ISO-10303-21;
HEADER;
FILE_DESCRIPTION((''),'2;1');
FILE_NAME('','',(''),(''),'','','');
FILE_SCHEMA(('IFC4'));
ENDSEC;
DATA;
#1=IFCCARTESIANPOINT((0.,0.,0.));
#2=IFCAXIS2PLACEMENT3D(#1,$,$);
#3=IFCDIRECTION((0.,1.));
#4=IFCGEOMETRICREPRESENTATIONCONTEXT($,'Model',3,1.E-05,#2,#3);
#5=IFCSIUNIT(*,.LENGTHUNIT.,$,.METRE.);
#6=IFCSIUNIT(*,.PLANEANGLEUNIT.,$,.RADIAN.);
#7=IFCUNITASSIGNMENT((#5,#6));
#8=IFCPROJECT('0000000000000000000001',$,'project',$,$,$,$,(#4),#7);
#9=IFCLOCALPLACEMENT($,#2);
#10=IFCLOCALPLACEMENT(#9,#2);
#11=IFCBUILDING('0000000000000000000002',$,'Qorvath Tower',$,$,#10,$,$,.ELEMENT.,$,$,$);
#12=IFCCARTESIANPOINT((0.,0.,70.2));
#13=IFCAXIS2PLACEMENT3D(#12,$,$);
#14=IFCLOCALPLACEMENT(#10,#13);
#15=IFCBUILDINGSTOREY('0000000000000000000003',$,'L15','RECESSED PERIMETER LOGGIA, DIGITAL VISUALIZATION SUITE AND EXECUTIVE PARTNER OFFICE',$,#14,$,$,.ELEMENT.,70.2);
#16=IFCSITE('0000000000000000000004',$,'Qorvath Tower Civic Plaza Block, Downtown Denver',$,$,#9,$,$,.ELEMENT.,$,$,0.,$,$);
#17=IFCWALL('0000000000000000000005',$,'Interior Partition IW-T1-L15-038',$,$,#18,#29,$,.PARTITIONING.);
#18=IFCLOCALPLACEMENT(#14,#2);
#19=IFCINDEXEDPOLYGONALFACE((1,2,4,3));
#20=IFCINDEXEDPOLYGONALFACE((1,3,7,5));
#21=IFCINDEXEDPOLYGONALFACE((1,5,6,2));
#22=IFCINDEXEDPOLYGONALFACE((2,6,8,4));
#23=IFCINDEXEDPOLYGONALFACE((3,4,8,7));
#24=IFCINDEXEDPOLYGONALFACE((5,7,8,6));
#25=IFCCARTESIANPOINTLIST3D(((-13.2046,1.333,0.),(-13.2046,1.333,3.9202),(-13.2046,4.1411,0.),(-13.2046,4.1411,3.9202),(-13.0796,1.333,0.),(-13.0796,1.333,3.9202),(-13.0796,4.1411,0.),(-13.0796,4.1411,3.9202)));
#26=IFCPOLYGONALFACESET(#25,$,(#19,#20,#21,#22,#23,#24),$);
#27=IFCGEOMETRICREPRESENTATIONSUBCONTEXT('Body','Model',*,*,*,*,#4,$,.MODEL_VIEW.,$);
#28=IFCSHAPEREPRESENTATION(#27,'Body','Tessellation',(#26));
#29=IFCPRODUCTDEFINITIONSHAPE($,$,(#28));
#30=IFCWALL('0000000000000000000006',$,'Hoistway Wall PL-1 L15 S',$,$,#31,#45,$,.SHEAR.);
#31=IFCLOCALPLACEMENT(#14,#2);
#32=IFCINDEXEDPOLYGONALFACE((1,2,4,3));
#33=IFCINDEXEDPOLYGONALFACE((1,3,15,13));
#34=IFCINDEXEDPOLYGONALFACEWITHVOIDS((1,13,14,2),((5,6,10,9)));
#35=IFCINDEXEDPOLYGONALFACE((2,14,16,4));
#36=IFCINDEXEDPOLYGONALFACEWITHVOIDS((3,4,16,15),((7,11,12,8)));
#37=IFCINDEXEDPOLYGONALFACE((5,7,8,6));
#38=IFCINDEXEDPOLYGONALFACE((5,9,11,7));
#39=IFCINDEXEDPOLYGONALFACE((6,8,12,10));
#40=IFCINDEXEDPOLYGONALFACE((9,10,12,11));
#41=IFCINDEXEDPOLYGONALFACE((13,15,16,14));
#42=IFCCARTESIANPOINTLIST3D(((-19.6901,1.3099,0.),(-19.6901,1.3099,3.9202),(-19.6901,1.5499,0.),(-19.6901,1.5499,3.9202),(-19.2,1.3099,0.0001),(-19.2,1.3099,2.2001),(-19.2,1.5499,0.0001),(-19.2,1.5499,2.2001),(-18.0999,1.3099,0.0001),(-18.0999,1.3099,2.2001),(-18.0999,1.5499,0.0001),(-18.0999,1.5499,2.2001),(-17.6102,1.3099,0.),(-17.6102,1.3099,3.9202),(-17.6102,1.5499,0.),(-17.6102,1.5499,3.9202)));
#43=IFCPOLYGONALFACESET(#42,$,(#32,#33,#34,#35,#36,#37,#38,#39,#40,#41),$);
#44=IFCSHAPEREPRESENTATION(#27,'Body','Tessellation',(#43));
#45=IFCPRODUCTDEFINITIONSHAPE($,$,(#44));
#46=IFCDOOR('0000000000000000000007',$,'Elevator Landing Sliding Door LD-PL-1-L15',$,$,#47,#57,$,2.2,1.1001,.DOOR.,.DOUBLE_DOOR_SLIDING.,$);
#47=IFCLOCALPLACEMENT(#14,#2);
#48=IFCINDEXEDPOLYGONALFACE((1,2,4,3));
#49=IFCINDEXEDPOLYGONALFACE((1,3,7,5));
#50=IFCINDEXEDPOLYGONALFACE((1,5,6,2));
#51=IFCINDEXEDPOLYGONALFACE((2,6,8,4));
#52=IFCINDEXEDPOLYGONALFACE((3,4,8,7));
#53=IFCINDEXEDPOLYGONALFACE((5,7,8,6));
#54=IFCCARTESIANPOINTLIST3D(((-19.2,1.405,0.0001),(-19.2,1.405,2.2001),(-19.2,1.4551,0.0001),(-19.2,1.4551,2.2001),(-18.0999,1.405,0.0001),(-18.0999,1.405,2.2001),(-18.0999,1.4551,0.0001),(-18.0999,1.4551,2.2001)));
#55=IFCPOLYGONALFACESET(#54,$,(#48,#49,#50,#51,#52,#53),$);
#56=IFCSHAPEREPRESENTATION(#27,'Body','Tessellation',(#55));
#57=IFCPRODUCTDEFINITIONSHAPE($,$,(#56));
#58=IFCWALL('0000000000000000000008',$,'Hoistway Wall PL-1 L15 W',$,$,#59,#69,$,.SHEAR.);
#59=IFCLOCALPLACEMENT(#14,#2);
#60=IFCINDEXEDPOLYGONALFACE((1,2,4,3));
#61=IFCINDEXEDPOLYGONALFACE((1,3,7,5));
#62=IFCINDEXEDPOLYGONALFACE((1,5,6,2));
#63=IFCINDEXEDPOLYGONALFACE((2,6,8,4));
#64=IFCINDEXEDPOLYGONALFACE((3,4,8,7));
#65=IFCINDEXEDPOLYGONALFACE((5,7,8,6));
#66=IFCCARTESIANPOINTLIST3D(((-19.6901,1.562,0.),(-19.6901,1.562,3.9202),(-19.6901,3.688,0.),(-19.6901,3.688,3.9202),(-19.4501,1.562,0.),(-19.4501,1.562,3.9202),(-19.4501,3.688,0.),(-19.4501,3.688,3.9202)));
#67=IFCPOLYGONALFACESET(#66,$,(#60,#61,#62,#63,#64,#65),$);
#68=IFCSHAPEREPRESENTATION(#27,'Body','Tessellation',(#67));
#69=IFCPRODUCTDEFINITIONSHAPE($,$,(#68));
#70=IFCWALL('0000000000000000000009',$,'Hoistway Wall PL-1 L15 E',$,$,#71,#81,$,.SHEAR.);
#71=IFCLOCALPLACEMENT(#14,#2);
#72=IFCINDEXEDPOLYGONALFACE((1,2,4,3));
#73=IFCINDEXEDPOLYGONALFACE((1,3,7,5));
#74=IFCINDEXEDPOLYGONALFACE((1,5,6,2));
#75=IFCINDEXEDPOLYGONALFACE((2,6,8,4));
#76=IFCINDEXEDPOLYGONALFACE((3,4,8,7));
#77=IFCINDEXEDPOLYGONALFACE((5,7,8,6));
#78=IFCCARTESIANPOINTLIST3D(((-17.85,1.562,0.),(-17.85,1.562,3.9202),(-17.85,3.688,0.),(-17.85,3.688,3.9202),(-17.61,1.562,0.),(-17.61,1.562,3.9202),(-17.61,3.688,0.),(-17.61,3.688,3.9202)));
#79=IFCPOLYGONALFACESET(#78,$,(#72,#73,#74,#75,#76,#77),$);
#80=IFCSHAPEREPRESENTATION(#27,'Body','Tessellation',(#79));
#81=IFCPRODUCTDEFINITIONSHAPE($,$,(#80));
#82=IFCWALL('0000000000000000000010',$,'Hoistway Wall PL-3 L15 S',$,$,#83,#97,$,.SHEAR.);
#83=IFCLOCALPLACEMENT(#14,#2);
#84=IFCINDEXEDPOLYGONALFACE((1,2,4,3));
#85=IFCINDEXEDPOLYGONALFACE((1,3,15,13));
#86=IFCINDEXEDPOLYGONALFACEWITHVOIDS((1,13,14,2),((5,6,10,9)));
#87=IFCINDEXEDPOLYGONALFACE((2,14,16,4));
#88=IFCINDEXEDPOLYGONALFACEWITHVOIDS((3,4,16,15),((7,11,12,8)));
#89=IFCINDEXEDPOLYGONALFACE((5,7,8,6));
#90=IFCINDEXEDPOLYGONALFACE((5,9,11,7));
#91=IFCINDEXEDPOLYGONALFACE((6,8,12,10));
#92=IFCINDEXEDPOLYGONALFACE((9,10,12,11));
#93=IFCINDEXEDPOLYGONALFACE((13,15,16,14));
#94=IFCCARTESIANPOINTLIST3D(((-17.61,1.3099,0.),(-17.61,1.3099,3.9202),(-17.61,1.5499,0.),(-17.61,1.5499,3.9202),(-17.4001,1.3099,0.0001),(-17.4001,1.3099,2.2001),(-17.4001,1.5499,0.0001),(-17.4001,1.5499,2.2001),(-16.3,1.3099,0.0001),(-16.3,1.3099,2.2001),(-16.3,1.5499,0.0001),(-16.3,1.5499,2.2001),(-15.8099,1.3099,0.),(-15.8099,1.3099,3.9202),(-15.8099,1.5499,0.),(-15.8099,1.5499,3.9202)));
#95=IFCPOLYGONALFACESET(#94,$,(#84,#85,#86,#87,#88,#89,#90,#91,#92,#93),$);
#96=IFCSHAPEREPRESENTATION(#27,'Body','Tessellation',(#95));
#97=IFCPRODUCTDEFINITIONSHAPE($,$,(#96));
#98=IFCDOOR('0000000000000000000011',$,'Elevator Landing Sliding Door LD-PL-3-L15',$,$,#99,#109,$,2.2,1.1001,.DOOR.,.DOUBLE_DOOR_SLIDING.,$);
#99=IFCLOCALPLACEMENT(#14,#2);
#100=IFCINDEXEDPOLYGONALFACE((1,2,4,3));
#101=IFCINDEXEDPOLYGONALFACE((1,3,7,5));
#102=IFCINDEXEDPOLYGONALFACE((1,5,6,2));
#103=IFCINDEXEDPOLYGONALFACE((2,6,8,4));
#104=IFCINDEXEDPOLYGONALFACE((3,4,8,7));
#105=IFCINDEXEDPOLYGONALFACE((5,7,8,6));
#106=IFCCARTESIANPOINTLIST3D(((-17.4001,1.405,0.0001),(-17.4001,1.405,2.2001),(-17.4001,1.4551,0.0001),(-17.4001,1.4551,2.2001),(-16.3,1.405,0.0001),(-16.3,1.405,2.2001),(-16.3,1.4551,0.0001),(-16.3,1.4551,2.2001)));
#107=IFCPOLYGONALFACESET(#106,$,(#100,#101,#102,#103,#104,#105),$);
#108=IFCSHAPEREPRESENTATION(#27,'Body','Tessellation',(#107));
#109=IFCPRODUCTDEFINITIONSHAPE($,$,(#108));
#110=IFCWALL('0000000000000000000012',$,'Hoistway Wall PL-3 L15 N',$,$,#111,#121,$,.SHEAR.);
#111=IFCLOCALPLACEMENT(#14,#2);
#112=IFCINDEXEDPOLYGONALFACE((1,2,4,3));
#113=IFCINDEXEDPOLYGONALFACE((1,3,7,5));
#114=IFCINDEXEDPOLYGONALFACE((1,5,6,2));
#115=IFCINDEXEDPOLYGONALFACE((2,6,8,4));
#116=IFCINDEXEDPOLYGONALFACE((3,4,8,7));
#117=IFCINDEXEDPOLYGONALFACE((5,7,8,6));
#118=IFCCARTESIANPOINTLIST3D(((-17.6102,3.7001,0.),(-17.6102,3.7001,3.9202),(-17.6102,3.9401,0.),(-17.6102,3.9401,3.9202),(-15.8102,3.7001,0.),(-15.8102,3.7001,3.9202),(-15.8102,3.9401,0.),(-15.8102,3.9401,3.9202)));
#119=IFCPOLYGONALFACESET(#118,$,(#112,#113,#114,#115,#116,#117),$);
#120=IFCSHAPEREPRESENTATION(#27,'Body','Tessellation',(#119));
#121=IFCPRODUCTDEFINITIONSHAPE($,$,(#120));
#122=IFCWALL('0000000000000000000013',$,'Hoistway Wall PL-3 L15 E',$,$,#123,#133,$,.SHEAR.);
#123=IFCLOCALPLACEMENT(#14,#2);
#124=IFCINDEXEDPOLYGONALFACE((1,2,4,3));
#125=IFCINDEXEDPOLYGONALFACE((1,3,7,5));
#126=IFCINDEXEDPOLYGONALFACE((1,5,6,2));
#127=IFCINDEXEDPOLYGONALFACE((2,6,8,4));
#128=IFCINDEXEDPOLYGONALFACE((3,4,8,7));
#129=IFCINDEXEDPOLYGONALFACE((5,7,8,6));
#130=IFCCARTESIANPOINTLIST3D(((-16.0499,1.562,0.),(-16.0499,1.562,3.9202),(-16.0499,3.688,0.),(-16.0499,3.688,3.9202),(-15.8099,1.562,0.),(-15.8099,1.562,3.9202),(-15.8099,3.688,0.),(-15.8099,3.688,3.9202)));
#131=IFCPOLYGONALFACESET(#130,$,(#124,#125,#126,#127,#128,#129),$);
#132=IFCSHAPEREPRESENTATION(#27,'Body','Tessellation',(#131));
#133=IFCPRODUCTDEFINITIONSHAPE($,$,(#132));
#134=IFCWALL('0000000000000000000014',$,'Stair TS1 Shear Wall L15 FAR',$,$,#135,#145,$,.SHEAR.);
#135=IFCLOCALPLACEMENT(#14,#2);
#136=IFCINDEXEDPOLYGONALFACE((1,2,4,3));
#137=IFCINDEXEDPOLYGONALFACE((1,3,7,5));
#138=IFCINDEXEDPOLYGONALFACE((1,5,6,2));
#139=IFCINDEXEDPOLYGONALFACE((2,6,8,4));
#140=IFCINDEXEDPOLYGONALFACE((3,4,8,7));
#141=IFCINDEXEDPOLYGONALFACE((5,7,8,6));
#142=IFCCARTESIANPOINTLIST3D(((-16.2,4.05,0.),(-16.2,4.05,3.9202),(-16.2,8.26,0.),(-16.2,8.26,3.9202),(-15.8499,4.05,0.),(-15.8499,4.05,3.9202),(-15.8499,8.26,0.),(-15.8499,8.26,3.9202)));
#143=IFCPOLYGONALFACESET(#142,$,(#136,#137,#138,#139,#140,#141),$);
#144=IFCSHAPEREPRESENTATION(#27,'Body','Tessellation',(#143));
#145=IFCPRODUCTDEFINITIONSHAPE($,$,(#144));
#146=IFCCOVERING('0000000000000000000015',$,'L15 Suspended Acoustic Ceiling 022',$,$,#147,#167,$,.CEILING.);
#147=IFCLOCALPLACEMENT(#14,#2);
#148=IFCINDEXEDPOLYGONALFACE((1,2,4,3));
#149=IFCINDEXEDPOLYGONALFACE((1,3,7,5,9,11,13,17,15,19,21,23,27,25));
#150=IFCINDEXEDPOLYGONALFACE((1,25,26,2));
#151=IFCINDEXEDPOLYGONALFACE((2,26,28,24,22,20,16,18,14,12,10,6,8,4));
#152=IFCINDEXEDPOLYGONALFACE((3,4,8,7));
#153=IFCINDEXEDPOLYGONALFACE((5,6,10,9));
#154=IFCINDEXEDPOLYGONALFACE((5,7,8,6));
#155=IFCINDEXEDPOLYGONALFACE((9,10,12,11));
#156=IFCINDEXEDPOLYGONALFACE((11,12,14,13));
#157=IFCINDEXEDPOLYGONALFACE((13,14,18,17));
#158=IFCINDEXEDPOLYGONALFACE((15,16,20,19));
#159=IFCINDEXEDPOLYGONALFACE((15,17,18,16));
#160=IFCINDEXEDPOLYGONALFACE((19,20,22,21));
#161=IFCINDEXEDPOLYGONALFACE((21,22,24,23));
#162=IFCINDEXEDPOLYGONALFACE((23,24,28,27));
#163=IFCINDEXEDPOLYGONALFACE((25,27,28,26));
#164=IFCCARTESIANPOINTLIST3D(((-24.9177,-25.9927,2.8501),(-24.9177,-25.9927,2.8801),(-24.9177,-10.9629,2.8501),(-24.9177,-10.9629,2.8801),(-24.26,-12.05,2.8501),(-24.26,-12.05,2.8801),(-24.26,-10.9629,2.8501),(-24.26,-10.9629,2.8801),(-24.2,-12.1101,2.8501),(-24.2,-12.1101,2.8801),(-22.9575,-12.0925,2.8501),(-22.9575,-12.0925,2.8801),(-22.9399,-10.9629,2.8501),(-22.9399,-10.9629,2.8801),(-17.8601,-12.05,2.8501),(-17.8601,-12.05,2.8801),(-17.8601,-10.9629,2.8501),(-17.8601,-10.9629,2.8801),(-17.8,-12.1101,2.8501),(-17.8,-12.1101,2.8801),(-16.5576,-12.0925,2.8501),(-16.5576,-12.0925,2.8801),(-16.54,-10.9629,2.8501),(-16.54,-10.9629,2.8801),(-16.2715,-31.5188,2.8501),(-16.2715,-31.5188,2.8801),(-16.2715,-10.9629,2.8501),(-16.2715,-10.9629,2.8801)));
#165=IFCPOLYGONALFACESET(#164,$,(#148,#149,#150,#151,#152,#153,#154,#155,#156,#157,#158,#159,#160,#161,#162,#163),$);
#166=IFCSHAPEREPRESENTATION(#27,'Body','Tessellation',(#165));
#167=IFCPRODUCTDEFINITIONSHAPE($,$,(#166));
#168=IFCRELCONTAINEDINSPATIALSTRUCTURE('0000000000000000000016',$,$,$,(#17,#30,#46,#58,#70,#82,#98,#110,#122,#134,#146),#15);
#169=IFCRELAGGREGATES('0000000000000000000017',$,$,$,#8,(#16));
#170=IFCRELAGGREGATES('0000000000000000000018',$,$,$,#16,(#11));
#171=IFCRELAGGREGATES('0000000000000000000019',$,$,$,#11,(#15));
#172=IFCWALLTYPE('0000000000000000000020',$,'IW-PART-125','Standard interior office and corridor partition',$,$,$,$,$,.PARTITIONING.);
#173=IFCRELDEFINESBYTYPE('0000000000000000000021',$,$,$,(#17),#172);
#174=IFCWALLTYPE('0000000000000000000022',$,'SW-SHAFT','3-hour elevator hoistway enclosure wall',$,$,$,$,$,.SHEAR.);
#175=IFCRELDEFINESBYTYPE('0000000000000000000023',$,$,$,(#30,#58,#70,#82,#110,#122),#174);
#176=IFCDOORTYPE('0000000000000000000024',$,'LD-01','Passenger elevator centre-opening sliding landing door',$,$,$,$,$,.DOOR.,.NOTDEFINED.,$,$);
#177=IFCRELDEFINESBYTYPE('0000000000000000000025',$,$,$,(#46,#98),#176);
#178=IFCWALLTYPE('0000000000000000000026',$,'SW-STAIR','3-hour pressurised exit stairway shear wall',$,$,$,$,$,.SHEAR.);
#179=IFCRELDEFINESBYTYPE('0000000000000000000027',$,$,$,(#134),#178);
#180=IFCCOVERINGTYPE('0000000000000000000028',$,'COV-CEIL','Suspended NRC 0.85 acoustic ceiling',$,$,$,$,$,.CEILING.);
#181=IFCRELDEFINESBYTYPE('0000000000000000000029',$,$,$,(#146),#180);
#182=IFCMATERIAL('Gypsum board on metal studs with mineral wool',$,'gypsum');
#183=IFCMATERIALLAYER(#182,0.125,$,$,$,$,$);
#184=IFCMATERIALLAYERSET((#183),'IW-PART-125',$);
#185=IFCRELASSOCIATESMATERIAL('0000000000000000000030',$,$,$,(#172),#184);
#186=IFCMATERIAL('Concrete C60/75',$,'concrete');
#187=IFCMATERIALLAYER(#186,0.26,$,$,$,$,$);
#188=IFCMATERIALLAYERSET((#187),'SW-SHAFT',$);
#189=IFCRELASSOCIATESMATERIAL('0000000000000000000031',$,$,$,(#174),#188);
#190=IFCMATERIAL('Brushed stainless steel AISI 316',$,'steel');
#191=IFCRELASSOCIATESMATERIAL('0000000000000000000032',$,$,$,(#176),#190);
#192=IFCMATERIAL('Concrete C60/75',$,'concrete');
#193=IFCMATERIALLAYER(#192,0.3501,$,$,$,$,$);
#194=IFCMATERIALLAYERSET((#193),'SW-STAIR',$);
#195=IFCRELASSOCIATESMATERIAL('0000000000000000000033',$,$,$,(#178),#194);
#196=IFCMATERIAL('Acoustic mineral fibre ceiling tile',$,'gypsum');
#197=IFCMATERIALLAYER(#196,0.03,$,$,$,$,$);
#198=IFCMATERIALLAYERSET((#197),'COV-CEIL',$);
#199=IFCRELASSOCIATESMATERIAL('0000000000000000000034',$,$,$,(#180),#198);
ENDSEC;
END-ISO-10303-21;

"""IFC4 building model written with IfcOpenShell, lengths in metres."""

from ifc_helpers import new_model, si_unit, direction, frame, frame_2d, origin, place, context, subcontext, project, spatial, polyline, rectangle, outline, extrude, material, layer, layer_set, type_object, element, fill, save


model = new_model("IFC4")

# Units and contexts
model_context = context("Model", 3, precision=1e-05, world=origin(), true_north=direction((0.0, 1.0)))
body_context = subcontext(model_context, "Body", "Model", "MODEL_VIEW")
ifc_project = project(units=[si_unit("LENGTHUNIT", "METRE"), si_unit("PLANEANGLEUNIT", "RADIAN")], contexts=[model_context])

# Site, building, storey
site_placement = place(None, origin())
site = spatial("IfcSite", under=ifc_project, at=site_placement, Name="Qorvath Tower Civic Plaza Block, Downtown Denver", CompositionType="ELEMENT", RefElevation=0.0)
building_placement = place(site_placement, origin())
building = spatial("IfcBuilding", under=site, at=building_placement, Name="Qorvath Tower", CompositionType="ELEMENT")
storey_placement = place(building_placement, frame((0.0, 0.0, 70.2)))
storey = spatial("IfcBuildingStorey", under=building, at=storey_placement, Name="L15", Description="RECESSED PERIMETER LOGGIA, DIGITAL VISUALIZATION SUITE AND EXECUTIVE PARTNER OFFICE", CompositionType="ELEMENT", Elevation=70.2)

# Wall
ifc_material_1 = material(Name="Gypsum board on metal studs with mineral wool", Category="gypsum")
ifc_layer_1 = layer(ifc_material_1, 0.125)
ifc_layer_set_1 = layer_set([ifc_layer_1], Name="IW-PART-125")
wall_type_1 = type_object("IfcWallType", Name="IW-PART-125", Description="Standard interior office and corridor partition", PredefinedType="PARTITIONING", material=ifc_layer_set_1)
wall_1_placement = place(storey_placement, frame((-13.1421, 4.1411, 0.0), z_axis=(0.0, 0.0, 1.0), x_axis=(0.0, -1.0, 0.0)))
element("IfcWall", 1, at=wall_1_placement, inside=storey, type_object=wall_type_1, Name="Interior Partition IW-T1-L15-038", PredefinedType="PARTITIONING", context=body_context, shape_type="SweptSolid", body=[
    extrude(rectangle(XDim=2.8081, YDim=0.125, at=frame_2d((1.4041, 0.0))), origin(), (0.0, 0.0, 1.0), 3.9202),
])

# Wall, opening, door
ifc_material_2 = material(Name="Concrete C60/75", Category="concrete")
ifc_layer_2 = layer(ifc_material_2, 0.26)
ifc_layer_set_2 = layer_set([ifc_layer_2], Name="SW-SHAFT")
wall_type_2 = type_object("IfcWallType", Name="SW-SHAFT", Description="3-hour elevator hoistway enclosure wall", PredefinedType="SHEAR", material=ifc_layer_set_2)
wall_2_placement = place(storey_placement, frame((-17.6101, 1.4299, 0.0), z_axis=(0.0, 0.0, 1.0), x_axis=(-1.0, 0.0, 0.0)))
wall_2 = element("IfcWall", 2, at=wall_2_placement, inside=storey, type_object=wall_type_2, Name="Hoistway Wall PL-1 L15 S", PredefinedType="SHEAR", context=body_context, shape_type="SweptSolid", body=[
    extrude(rectangle(XDim=2.0798, YDim=0.24, at=frame_2d((1.04, 0.0))), origin(), (0.0, 0.0, 1.0), 3.9202),
])
opening_1_placement = place(wall_2_placement, frame((0.4897, 0.0, 0.0)))
opening_1 = element("IfcOpeningElement", 3, at=opening_1_placement, cuts=wall_2, PredefinedType="OPENING", context=body_context, shape_type="SweptSolid", body=[
    extrude(rectangle(XDim=1.1001, YDim=2.2, at=frame_2d((0.55, 1.1001))), frame((0.0, 0.1299, 0.0), z_axis=(0.0, -1.0, 0.0), x_axis=(1.0, 0.0, 0.0)), (0.0, 0.0, 1.0), 0.26),
])
ifc_material_3 = material(Name="Brushed stainless steel AISI 316", Category="steel")
door_type = type_object("IfcDoorType", Name="LD-01", Description="Passenger elevator centre-opening sliding landing door", OperationType="NOTDEFINED", PredefinedType="DOOR", material=ifc_material_3)
door_1_placement = place(opening_1_placement, origin())
door_1 = element("IfcDoor", 4, at=door_1_placement, inside=storey, type_object=door_type, Name="Elevator Landing Sliding Door LD-PL-1-L15", OperationType="DOUBLE_DOOR_SLIDING", OverallHeight=2.2, OverallWidth=1.1001, PredefinedType="DOOR", context=body_context, shape_type="SweptSolid", body=[
    extrude(rectangle(XDim=1.1001, YDim=2.2, at=frame_2d((0.55, 1.1001))), frame((0.0, 0.0249, 0.0), z_axis=(0.0, -1.0, 0.0), x_axis=(1.0, 0.0, 0.0)), (0.0, 0.0, 1.0), 0.05),
])
fill(opening_1, door_1)

# Walls
for number, where, z_axis, x_axis, name in (
    (5, (-19.5701, 1.562, 0.0), (0.0, 0.0, 1.0), (0.0, 1.0, 0.0), "Hoistway Wall PL-1 L15 W"),
    (6, (-17.73, 3.688, 0.0), (0.0, 0.0, 1.0), (0.0, -1.0, 0.0), "Hoistway Wall PL-1 L15 E"),
):
    element("IfcWall", number, at=place(storey_placement, frame(where, z_axis=z_axis, x_axis=x_axis)), inside=storey, type_object=wall_type_2, Name=name, PredefinedType="SHEAR", context=body_context, shape_type="SweptSolid", body=[
        extrude(rectangle(XDim=2.126, YDim=0.24, at=frame_2d((1.063, 0.0))), origin(), (0.0, 0.0, 1.0), 3.9202),
    ])

# Wall, opening, door
wall_3_placement = place(storey_placement, frame((-15.8101, 1.4299, 0.0), z_axis=(0.0, 0.0, 1.0), x_axis=(-1.0, 0.0, 0.0)))
wall_3 = element("IfcWall", 7, at=wall_3_placement, inside=storey, type_object=wall_type_2, Name="Hoistway Wall PL-3 L15 S", PredefinedType="SHEAR", context=body_context, shape_type="SweptSolid", body=[
    extrude(rectangle(XDim=1.8, YDim=0.24, at=frame_2d((0.8999, 0.0))), origin(), (0.0, 0.0, 1.0), 3.9202),
])
opening_2_placement = place(wall_3_placement, frame((0.49, 0.0, 0.0)))
opening_2 = element("IfcOpeningElement", 8, at=opening_2_placement, cuts=wall_3, PredefinedType="OPENING", context=body_context, shape_type="SweptSolid", body=[
    extrude(rectangle(XDim=1.1001, YDim=2.2, at=frame_2d((0.55, 1.1001))), frame((0.0, 0.1299, 0.0), z_axis=(0.0, -1.0, 0.0), x_axis=(1.0, 0.0, 0.0)), (0.0, 0.0, 1.0), 0.26),
])
door_2_placement = place(opening_2_placement, origin())
door_2 = element("IfcDoor", 9, at=door_2_placement, inside=storey, type_object=door_type, Name="Elevator Landing Sliding Door LD-PL-3-L15", OperationType="DOUBLE_DOOR_SLIDING", OverallHeight=2.2, OverallWidth=1.1001, PredefinedType="DOOR", context=body_context, shape_type="SweptSolid", body=[
    extrude(rectangle(XDim=1.1001, YDim=2.2, at=frame_2d((0.55, 1.1001))), frame((0.0, 0.0249, 0.0), z_axis=(0.0, -1.0, 0.0), x_axis=(1.0, 0.0, 0.0)), (0.0, 0.0, 1.0), 0.05),
])
fill(opening_2, door_2)

# Walls
wall_4_placement = place(storey_placement, frame((-17.6101, 3.8201, 0.0), z_axis=(0.0, 0.0, 1.0), x_axis=(1.0, 0.0, 0.0)))
element("IfcWall", 10, at=wall_4_placement, inside=storey, type_object=wall_type_2, Name="Hoistway Wall PL-3 L15 N", PredefinedType="SHEAR", context=body_context, shape_type="SweptSolid", body=[
    extrude(rectangle(XDim=1.8, YDim=0.24, at=frame_2d((0.8999, 0.0))), origin(), (0.0, 0.0, 1.0), 3.9202),
])
wall_5_placement = place(storey_placement, frame((-15.9299, 3.688, 0.0), z_axis=(0.0, 0.0, 1.0), x_axis=(0.0, -1.0, 0.0)))
element("IfcWall", 11, at=wall_5_placement, inside=storey, type_object=wall_type_2, Name="Hoistway Wall PL-3 L15 E", PredefinedType="SHEAR", context=body_context, shape_type="SweptSolid", body=[
    extrude(rectangle(XDim=2.126, YDim=0.24, at=frame_2d((1.063, 0.0))), origin(), (0.0, 0.0, 1.0), 3.9202),
])
ifc_material_4 = material(Name="Concrete C60/75", Category="concrete")
ifc_layer_3 = layer(ifc_material_4, 0.3501)
ifc_layer_set_3 = layer_set([ifc_layer_3], Name="SW-STAIR")
wall_type_3 = type_object("IfcWallType", Name="SW-STAIR", Description="3-hour pressurised exit stairway shear wall", PredefinedType="SHEAR", material=ifc_layer_set_3)
wall_6_placement = place(storey_placement, frame((-16.0249, 4.05, 0.0), z_axis=(0.0, 0.0, 1.0), x_axis=(0.0, 1.0, 0.0)))
element("IfcWall", 12, at=wall_6_placement, inside=storey, type_object=wall_type_3, Name="Stair TS1 Shear Wall L15 FAR", PredefinedType="SHEAR", context=body_context, shape_type="SweptSolid", body=[
    extrude(rectangle(XDim=4.21, YDim=0.3501, at=frame_2d((2.105, 0.0))), origin(), (0.0, 0.0, 1.0), 3.9202),
])

# Covering
ifc_material_5 = material(Name="Acoustic mineral fibre ceiling tile", Category="gypsum")
ifc_layer_4 = layer(ifc_material_5, 0.03)
ifc_layer_set_4 = layer_set([ifc_layer_4], Name="COV-CEIL")
covering_type_1 = type_object("IfcCoveringType", Name="COV-CEIL", Description="Suspended NRC 0.85 acoustic ceiling", PredefinedType="CEILING", material=ifc_layer_set_4)
covering_1_placement = place(storey_placement, frame((0.0, 0.0, 2.8501)))
element("IfcCovering", 13, at=covering_1_placement, inside=storey, type_object=covering_type_1, Name="L15 Suspended Acoustic Ceiling 022", PredefinedType="CEILING", context=body_context, shape_type="SweptSolid", body=[
    extrude(outline(polyline([(-24.9177, -25.9927), (-16.2715, -31.5188), (-16.2715, -10.9629), (-16.54, -10.9629), (-16.5576, -12.0925), (-17.8, -12.1101), (-17.8601, -12.05), (-17.8601, -10.9629), (-22.9399, -10.9629), (-22.9575, -12.0925), (-24.2, -12.1101), (-24.26, -12.05), (-24.26, -10.9629), (-24.9177, -10.9629), (-24.9177, -25.9927)])), origin(), (0.0, 0.0, 1.0), 0.03),
])

save(model, "model.ifc")
